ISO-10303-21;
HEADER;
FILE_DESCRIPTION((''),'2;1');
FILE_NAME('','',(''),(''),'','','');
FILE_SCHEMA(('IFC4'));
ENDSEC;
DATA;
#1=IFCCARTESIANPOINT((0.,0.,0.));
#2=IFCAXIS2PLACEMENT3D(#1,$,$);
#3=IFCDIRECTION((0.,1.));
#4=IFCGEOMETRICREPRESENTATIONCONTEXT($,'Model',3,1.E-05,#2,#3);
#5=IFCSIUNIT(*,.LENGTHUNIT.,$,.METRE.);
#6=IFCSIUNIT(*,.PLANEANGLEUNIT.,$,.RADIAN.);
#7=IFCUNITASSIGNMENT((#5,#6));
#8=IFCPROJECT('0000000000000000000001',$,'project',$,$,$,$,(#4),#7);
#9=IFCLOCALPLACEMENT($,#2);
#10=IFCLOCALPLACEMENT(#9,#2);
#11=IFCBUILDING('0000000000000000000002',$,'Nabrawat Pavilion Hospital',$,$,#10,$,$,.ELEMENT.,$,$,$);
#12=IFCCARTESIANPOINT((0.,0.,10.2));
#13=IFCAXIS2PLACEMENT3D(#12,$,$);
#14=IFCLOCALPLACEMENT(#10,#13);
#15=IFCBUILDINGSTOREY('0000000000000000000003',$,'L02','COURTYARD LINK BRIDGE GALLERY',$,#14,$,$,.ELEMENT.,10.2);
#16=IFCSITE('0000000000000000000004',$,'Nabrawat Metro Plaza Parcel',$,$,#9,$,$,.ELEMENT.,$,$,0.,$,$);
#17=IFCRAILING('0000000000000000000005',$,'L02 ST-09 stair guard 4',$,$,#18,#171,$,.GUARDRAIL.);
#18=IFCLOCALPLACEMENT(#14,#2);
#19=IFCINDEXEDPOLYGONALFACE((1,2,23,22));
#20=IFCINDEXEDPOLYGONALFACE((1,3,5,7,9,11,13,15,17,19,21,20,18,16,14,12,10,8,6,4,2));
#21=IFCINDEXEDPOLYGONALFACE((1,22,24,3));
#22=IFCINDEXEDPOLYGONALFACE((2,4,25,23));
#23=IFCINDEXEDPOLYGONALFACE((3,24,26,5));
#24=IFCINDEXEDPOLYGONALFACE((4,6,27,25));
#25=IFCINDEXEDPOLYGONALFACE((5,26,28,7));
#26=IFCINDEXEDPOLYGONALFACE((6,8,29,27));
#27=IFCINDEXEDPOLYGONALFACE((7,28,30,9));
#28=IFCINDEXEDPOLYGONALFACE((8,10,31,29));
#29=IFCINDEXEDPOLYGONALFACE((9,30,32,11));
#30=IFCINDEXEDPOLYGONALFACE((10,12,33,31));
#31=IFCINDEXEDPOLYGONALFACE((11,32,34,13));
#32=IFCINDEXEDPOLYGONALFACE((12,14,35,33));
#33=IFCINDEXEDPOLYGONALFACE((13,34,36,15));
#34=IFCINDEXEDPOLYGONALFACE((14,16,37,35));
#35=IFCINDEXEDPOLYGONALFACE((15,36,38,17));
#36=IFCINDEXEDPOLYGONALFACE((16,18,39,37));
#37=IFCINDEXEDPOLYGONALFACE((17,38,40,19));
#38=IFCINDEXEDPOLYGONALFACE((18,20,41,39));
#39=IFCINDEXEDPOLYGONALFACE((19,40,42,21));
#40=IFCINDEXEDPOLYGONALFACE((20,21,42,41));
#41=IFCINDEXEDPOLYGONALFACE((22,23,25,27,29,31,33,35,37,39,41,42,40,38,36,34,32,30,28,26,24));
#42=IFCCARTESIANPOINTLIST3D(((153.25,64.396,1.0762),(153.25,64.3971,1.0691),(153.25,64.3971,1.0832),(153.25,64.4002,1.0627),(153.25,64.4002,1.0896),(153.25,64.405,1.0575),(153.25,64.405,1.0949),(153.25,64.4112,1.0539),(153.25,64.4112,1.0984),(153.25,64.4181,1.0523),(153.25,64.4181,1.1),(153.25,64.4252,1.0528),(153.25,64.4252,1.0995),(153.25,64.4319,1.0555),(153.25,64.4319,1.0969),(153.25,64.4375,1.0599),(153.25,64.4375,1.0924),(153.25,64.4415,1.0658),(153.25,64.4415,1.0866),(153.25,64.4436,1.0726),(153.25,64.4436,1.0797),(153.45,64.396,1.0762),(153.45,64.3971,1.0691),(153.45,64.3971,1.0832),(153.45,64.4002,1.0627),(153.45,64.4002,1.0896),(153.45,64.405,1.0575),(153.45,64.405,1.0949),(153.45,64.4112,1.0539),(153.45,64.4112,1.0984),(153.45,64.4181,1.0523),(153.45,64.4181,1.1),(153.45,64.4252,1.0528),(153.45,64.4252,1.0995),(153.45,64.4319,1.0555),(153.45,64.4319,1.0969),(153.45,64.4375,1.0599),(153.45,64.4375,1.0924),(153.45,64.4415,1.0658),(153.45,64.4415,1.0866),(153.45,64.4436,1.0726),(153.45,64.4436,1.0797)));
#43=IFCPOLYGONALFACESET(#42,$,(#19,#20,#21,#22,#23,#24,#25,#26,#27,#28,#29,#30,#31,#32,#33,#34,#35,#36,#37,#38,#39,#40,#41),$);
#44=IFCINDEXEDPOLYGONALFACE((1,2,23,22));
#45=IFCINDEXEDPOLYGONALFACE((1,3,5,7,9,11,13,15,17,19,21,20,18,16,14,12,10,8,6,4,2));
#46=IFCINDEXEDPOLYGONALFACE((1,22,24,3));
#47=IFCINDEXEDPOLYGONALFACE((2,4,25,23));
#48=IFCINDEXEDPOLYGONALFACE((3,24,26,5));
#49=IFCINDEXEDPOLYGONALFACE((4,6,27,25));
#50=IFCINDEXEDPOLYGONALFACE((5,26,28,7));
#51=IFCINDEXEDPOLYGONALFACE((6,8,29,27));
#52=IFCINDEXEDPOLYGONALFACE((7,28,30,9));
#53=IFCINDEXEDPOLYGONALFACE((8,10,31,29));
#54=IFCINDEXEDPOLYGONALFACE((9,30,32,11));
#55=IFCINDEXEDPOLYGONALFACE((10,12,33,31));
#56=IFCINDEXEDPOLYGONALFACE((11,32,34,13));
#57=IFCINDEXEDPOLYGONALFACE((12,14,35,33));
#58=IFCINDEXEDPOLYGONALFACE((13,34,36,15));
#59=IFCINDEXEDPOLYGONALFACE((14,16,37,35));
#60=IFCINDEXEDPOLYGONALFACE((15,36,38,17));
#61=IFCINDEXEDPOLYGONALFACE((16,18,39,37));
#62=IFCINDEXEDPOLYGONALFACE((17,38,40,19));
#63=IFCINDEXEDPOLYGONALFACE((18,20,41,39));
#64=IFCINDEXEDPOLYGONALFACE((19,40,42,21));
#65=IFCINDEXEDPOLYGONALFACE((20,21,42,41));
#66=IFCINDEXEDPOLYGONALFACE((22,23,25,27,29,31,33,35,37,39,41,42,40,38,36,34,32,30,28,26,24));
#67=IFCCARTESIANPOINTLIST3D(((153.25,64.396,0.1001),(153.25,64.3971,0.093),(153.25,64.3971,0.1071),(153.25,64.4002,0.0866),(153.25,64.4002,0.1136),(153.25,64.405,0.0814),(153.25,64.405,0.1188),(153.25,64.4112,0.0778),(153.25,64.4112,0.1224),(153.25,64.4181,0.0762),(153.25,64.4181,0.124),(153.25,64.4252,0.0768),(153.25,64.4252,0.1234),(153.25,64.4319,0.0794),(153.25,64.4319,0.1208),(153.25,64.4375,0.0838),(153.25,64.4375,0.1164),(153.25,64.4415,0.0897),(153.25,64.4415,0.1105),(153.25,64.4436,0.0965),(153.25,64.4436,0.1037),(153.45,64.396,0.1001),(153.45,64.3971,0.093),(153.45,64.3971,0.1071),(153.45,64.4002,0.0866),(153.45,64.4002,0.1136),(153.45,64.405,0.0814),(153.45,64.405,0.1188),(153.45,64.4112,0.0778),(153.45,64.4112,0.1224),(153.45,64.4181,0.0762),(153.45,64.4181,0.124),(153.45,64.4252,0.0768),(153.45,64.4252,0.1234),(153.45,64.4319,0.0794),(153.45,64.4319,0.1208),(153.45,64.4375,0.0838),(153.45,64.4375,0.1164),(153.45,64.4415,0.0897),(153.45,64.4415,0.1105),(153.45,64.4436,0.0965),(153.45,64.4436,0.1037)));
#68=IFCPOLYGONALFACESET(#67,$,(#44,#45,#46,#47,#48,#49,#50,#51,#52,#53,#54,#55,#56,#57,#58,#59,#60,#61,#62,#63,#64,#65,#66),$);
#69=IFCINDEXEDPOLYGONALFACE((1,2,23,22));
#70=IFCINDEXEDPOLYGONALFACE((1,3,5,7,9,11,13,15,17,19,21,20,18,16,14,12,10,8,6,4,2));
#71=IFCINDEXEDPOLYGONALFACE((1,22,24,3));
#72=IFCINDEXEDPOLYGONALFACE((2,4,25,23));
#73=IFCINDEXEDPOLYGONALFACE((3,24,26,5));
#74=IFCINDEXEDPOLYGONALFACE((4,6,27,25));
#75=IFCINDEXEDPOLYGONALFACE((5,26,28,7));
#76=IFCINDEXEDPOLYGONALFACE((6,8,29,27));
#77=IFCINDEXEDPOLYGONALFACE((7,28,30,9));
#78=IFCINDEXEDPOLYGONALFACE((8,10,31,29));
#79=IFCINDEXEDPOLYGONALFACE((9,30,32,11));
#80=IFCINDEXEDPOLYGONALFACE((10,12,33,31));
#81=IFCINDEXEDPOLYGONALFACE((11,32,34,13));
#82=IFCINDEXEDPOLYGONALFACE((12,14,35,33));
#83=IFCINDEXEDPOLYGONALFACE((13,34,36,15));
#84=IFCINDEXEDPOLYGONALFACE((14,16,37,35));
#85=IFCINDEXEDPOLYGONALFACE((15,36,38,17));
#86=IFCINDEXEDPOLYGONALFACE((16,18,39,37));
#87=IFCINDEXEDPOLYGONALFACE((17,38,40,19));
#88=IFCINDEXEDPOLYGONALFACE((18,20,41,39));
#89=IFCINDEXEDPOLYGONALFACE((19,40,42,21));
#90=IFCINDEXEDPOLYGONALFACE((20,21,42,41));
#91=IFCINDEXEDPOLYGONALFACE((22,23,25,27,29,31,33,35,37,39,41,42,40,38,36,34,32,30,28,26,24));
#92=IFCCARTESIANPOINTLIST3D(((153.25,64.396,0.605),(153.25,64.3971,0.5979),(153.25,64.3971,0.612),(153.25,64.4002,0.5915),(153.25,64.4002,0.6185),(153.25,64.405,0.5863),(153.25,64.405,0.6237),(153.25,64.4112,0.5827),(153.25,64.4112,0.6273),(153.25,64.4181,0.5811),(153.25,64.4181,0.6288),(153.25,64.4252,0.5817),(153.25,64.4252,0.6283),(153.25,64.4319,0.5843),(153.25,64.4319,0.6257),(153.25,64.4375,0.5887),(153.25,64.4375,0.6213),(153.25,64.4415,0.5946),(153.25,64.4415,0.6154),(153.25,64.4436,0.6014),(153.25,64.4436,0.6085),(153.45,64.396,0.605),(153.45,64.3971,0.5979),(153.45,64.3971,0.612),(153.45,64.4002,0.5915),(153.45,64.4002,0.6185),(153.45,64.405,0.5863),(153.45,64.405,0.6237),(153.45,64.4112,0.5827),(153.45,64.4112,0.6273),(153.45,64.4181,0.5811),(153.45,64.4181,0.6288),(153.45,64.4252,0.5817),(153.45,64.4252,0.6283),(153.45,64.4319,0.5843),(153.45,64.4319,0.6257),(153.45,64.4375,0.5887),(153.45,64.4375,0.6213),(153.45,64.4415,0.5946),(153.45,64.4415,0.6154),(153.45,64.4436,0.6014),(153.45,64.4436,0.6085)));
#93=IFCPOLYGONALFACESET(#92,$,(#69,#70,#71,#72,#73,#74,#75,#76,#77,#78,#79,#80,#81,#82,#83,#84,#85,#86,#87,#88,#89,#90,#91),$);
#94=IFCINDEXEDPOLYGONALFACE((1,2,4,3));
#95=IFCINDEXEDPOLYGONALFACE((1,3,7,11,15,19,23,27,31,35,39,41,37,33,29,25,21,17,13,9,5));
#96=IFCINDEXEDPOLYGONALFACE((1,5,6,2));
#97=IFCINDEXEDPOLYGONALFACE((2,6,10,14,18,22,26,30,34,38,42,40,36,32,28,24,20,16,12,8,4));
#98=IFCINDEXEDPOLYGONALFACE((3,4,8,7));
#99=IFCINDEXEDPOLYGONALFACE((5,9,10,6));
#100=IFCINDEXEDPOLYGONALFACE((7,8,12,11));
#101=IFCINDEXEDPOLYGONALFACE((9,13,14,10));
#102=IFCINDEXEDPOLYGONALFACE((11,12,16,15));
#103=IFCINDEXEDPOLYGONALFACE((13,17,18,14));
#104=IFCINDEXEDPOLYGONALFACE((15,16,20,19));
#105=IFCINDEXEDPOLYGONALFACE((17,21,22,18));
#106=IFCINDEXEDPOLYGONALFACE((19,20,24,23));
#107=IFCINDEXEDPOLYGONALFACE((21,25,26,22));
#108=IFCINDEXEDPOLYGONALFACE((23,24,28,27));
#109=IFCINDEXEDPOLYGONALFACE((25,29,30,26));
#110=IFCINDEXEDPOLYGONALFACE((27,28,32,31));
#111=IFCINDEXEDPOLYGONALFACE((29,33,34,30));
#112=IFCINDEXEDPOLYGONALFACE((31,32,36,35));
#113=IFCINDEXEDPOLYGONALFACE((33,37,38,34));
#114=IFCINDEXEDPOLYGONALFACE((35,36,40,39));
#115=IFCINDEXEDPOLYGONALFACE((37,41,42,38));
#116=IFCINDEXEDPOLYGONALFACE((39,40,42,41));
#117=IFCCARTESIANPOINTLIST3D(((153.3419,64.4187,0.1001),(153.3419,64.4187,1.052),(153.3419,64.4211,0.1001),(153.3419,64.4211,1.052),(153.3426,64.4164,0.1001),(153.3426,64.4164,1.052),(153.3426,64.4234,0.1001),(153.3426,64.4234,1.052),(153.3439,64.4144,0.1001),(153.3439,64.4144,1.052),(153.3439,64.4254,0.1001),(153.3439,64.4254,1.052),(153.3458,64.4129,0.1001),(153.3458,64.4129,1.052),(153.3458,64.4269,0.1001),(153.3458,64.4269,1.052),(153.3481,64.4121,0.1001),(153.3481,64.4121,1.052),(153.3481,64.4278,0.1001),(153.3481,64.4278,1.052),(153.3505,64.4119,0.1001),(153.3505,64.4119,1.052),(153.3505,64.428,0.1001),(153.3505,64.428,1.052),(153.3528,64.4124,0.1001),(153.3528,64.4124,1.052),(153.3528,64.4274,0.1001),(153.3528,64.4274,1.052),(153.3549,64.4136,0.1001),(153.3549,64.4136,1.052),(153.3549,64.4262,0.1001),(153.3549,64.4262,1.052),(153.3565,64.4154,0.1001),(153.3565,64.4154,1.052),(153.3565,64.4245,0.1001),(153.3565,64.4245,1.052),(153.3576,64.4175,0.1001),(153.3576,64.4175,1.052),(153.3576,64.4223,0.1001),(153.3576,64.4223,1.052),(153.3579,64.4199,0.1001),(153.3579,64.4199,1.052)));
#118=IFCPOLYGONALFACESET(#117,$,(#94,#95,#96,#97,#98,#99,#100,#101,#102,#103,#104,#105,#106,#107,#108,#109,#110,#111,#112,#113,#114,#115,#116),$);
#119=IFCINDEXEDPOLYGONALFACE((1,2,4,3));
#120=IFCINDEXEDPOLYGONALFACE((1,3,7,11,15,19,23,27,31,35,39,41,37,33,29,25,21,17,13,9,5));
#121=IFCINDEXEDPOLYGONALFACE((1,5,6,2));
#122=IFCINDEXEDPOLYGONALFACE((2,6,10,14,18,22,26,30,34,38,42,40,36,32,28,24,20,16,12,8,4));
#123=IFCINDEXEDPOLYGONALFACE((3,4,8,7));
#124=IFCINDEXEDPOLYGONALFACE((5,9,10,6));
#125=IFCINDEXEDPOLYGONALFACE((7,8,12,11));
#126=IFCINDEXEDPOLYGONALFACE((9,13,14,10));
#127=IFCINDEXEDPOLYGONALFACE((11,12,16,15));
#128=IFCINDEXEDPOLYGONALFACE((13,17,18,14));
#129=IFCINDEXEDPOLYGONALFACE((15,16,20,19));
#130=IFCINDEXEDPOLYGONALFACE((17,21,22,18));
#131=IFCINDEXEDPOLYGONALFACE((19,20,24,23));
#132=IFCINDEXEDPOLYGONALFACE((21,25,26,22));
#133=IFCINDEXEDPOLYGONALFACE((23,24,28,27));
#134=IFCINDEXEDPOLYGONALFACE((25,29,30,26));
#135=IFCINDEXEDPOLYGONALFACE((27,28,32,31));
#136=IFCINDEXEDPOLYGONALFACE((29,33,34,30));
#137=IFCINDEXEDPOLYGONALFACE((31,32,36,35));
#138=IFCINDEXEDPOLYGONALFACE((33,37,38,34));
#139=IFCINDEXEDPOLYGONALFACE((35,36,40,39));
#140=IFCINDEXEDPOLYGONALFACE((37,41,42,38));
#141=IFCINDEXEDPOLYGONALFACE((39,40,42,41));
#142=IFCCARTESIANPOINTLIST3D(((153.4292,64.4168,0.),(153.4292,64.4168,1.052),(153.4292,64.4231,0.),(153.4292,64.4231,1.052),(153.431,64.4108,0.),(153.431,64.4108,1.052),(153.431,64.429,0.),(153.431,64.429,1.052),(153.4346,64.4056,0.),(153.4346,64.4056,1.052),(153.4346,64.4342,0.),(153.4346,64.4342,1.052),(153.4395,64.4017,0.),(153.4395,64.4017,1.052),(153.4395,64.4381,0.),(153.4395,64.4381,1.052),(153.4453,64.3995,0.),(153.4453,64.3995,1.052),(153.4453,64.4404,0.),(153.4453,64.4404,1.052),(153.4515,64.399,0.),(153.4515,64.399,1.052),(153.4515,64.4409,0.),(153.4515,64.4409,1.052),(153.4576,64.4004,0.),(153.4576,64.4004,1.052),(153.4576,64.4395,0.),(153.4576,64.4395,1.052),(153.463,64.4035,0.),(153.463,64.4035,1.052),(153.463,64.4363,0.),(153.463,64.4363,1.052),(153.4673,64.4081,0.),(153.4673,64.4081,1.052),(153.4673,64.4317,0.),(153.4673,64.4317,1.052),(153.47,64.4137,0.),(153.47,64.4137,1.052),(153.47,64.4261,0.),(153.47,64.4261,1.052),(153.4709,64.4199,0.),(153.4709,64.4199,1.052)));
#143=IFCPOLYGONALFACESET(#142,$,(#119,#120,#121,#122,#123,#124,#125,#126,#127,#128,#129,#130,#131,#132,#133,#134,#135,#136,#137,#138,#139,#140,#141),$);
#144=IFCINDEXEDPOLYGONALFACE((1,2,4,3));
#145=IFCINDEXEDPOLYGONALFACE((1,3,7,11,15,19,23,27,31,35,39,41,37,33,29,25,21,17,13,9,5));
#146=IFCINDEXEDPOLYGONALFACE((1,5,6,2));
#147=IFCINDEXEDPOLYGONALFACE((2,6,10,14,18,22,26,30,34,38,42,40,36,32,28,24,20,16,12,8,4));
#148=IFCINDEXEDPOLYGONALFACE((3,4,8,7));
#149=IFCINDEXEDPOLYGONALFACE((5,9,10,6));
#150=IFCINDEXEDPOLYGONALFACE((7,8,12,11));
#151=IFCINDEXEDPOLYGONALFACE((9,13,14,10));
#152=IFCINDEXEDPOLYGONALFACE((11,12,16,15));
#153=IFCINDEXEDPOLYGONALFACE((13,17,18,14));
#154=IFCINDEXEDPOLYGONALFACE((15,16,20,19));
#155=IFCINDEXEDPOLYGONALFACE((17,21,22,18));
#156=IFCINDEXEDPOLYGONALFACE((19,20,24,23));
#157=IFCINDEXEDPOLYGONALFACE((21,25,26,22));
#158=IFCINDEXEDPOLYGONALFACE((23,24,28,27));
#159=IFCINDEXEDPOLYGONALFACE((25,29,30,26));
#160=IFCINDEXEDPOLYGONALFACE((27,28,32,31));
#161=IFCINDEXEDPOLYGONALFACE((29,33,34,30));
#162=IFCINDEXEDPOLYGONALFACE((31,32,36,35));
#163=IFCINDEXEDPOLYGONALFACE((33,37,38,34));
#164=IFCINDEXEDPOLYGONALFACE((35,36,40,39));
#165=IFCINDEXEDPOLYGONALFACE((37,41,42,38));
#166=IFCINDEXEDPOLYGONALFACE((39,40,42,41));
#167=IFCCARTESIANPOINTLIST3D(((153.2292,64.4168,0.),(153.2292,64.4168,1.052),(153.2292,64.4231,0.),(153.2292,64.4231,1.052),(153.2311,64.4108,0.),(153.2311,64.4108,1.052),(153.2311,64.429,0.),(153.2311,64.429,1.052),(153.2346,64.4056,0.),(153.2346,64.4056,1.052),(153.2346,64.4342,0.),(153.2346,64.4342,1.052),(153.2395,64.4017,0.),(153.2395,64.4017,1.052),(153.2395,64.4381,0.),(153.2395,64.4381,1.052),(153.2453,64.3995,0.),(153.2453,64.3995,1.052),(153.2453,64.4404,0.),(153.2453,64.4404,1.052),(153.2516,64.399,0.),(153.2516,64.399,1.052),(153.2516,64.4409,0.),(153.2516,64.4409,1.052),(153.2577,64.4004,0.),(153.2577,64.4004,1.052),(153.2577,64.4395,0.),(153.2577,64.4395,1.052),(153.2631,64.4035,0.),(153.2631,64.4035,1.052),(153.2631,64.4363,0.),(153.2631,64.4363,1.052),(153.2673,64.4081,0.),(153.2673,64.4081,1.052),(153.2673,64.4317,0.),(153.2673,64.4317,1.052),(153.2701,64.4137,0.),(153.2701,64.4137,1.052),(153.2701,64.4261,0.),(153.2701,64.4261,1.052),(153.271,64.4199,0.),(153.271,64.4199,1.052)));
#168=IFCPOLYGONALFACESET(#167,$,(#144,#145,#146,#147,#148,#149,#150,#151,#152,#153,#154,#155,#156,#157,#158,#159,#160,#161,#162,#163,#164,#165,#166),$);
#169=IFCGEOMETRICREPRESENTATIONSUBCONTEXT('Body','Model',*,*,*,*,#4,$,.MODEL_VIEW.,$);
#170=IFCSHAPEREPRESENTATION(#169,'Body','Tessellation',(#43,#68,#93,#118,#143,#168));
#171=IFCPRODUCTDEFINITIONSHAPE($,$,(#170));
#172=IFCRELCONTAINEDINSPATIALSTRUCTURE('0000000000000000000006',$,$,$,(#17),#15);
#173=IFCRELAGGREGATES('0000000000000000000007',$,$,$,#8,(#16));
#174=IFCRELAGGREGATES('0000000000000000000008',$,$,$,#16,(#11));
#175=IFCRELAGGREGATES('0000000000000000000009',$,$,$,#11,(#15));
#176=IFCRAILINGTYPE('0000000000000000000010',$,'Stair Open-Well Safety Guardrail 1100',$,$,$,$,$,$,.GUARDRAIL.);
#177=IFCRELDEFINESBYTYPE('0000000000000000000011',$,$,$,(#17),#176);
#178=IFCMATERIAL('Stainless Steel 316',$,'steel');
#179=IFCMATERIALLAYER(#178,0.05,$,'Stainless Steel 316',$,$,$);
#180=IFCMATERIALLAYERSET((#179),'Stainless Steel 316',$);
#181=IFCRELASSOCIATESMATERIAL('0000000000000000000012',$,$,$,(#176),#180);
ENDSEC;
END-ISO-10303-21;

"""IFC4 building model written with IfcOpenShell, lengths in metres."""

from ifc_helpers import new_model, si_unit, direction, frame, origin, origin_2d, place, context, subcontext, project, spatial, circle, extrude, material, layer, layer_set, type_object, element, save


model = new_model("IFC4")

# Units and contexts
model_context = context("Model", 3, precision=1e-05, world=origin(), true_north=direction((0.0, 1.0)))
body_context = subcontext(model_context, "Body", "Model", "MODEL_VIEW")
ifc_project = project(units=[si_unit("LENGTHUNIT", "METRE"), si_unit("PLANEANGLEUNIT", "RADIAN")], contexts=[model_context])

# Site, building, storey
site_placement = place(None, origin())
site = spatial("IfcSite", under=ifc_project, at=site_placement, Name="Nabrawat Metro Plaza Parcel", CompositionType="ELEMENT", RefElevation=0.0)
building_placement = place(site_placement, origin())
building = spatial("IfcBuilding", under=site, at=building_placement, Name="Nabrawat Pavilion Hospital", CompositionType="ELEMENT")
storey_placement = place(building_placement, frame((0.0, 0.0, 10.2)))
storey = spatial("IfcBuildingStorey", under=building, at=storey_placement, Name="L02", Description="COURTYARD LINK BRIDGE GALLERY", CompositionType="ELEMENT", Elevation=10.2)

# Railing
ifc_material_1 = material(Name="Stainless Steel 316", Category="steel")
ifc_layer_1 = layer(ifc_material_1, 0.05, Name="Stainless Steel 316")
ifc_layer_set_1 = layer_set([ifc_layer_1], Name="Stainless Steel 316")
railing_type_1 = type_object("IfcRailingType", Name="Stair Open-Well Safety Guardrail 1100", PredefinedType="GUARDRAIL", material=ifc_layer_set_1)
railing_1_placement = place(storey_placement, frame((153.45, 64.4199, 0.0)))
element("IfcRailing", 1, at=railing_1_placement, inside=storey, type_object=railing_type_1, Name="L02 ST-09 stair guard 4", PredefinedType="GUARDRAIL", context=body_context, shape_type="SweptSolid", body=[
    extrude(circle(Radius=0.0239, at=origin_2d()), frame((0.0, 0.0, 1.0762), z_axis=(-1.0, 0.0, 0.0), x_axis=(0.0, -1.0, 0.0)), (0.0, 0.0, 1.0), 0.2),
    extrude(circle(Radius=0.0239, at=origin_2d()), frame((0.0, 0.0, 0.1001), z_axis=(-1.0, 0.0, 0.0), x_axis=(0.0, -1.0, 0.0)), (0.0, 0.0, 1.0), 0.2),
    extrude(circle(Radius=0.0239, at=origin_2d()), frame((0.0, 0.0, 0.605), z_axis=(-1.0, 0.0, 0.0), x_axis=(0.0, -1.0, 0.0)), (0.0, 0.0, 1.0), 0.2),
    extrude(circle(Radius=0.0081, at=origin_2d()), frame((-0.1001, 0.0, 0.1001)), (0.0, 0.0, 1.0), 0.9519),
    extrude(circle(Radius=0.021, at=origin_2d()), origin(), (0.0, 0.0, 1.0), 1.052),
    extrude(circle(Radius=0.021, at=origin_2d()), frame((-0.2, 0.0, 0.0)), (0.0, 0.0, 1.0), 1.052),
])

save(model, "model.ifc")
